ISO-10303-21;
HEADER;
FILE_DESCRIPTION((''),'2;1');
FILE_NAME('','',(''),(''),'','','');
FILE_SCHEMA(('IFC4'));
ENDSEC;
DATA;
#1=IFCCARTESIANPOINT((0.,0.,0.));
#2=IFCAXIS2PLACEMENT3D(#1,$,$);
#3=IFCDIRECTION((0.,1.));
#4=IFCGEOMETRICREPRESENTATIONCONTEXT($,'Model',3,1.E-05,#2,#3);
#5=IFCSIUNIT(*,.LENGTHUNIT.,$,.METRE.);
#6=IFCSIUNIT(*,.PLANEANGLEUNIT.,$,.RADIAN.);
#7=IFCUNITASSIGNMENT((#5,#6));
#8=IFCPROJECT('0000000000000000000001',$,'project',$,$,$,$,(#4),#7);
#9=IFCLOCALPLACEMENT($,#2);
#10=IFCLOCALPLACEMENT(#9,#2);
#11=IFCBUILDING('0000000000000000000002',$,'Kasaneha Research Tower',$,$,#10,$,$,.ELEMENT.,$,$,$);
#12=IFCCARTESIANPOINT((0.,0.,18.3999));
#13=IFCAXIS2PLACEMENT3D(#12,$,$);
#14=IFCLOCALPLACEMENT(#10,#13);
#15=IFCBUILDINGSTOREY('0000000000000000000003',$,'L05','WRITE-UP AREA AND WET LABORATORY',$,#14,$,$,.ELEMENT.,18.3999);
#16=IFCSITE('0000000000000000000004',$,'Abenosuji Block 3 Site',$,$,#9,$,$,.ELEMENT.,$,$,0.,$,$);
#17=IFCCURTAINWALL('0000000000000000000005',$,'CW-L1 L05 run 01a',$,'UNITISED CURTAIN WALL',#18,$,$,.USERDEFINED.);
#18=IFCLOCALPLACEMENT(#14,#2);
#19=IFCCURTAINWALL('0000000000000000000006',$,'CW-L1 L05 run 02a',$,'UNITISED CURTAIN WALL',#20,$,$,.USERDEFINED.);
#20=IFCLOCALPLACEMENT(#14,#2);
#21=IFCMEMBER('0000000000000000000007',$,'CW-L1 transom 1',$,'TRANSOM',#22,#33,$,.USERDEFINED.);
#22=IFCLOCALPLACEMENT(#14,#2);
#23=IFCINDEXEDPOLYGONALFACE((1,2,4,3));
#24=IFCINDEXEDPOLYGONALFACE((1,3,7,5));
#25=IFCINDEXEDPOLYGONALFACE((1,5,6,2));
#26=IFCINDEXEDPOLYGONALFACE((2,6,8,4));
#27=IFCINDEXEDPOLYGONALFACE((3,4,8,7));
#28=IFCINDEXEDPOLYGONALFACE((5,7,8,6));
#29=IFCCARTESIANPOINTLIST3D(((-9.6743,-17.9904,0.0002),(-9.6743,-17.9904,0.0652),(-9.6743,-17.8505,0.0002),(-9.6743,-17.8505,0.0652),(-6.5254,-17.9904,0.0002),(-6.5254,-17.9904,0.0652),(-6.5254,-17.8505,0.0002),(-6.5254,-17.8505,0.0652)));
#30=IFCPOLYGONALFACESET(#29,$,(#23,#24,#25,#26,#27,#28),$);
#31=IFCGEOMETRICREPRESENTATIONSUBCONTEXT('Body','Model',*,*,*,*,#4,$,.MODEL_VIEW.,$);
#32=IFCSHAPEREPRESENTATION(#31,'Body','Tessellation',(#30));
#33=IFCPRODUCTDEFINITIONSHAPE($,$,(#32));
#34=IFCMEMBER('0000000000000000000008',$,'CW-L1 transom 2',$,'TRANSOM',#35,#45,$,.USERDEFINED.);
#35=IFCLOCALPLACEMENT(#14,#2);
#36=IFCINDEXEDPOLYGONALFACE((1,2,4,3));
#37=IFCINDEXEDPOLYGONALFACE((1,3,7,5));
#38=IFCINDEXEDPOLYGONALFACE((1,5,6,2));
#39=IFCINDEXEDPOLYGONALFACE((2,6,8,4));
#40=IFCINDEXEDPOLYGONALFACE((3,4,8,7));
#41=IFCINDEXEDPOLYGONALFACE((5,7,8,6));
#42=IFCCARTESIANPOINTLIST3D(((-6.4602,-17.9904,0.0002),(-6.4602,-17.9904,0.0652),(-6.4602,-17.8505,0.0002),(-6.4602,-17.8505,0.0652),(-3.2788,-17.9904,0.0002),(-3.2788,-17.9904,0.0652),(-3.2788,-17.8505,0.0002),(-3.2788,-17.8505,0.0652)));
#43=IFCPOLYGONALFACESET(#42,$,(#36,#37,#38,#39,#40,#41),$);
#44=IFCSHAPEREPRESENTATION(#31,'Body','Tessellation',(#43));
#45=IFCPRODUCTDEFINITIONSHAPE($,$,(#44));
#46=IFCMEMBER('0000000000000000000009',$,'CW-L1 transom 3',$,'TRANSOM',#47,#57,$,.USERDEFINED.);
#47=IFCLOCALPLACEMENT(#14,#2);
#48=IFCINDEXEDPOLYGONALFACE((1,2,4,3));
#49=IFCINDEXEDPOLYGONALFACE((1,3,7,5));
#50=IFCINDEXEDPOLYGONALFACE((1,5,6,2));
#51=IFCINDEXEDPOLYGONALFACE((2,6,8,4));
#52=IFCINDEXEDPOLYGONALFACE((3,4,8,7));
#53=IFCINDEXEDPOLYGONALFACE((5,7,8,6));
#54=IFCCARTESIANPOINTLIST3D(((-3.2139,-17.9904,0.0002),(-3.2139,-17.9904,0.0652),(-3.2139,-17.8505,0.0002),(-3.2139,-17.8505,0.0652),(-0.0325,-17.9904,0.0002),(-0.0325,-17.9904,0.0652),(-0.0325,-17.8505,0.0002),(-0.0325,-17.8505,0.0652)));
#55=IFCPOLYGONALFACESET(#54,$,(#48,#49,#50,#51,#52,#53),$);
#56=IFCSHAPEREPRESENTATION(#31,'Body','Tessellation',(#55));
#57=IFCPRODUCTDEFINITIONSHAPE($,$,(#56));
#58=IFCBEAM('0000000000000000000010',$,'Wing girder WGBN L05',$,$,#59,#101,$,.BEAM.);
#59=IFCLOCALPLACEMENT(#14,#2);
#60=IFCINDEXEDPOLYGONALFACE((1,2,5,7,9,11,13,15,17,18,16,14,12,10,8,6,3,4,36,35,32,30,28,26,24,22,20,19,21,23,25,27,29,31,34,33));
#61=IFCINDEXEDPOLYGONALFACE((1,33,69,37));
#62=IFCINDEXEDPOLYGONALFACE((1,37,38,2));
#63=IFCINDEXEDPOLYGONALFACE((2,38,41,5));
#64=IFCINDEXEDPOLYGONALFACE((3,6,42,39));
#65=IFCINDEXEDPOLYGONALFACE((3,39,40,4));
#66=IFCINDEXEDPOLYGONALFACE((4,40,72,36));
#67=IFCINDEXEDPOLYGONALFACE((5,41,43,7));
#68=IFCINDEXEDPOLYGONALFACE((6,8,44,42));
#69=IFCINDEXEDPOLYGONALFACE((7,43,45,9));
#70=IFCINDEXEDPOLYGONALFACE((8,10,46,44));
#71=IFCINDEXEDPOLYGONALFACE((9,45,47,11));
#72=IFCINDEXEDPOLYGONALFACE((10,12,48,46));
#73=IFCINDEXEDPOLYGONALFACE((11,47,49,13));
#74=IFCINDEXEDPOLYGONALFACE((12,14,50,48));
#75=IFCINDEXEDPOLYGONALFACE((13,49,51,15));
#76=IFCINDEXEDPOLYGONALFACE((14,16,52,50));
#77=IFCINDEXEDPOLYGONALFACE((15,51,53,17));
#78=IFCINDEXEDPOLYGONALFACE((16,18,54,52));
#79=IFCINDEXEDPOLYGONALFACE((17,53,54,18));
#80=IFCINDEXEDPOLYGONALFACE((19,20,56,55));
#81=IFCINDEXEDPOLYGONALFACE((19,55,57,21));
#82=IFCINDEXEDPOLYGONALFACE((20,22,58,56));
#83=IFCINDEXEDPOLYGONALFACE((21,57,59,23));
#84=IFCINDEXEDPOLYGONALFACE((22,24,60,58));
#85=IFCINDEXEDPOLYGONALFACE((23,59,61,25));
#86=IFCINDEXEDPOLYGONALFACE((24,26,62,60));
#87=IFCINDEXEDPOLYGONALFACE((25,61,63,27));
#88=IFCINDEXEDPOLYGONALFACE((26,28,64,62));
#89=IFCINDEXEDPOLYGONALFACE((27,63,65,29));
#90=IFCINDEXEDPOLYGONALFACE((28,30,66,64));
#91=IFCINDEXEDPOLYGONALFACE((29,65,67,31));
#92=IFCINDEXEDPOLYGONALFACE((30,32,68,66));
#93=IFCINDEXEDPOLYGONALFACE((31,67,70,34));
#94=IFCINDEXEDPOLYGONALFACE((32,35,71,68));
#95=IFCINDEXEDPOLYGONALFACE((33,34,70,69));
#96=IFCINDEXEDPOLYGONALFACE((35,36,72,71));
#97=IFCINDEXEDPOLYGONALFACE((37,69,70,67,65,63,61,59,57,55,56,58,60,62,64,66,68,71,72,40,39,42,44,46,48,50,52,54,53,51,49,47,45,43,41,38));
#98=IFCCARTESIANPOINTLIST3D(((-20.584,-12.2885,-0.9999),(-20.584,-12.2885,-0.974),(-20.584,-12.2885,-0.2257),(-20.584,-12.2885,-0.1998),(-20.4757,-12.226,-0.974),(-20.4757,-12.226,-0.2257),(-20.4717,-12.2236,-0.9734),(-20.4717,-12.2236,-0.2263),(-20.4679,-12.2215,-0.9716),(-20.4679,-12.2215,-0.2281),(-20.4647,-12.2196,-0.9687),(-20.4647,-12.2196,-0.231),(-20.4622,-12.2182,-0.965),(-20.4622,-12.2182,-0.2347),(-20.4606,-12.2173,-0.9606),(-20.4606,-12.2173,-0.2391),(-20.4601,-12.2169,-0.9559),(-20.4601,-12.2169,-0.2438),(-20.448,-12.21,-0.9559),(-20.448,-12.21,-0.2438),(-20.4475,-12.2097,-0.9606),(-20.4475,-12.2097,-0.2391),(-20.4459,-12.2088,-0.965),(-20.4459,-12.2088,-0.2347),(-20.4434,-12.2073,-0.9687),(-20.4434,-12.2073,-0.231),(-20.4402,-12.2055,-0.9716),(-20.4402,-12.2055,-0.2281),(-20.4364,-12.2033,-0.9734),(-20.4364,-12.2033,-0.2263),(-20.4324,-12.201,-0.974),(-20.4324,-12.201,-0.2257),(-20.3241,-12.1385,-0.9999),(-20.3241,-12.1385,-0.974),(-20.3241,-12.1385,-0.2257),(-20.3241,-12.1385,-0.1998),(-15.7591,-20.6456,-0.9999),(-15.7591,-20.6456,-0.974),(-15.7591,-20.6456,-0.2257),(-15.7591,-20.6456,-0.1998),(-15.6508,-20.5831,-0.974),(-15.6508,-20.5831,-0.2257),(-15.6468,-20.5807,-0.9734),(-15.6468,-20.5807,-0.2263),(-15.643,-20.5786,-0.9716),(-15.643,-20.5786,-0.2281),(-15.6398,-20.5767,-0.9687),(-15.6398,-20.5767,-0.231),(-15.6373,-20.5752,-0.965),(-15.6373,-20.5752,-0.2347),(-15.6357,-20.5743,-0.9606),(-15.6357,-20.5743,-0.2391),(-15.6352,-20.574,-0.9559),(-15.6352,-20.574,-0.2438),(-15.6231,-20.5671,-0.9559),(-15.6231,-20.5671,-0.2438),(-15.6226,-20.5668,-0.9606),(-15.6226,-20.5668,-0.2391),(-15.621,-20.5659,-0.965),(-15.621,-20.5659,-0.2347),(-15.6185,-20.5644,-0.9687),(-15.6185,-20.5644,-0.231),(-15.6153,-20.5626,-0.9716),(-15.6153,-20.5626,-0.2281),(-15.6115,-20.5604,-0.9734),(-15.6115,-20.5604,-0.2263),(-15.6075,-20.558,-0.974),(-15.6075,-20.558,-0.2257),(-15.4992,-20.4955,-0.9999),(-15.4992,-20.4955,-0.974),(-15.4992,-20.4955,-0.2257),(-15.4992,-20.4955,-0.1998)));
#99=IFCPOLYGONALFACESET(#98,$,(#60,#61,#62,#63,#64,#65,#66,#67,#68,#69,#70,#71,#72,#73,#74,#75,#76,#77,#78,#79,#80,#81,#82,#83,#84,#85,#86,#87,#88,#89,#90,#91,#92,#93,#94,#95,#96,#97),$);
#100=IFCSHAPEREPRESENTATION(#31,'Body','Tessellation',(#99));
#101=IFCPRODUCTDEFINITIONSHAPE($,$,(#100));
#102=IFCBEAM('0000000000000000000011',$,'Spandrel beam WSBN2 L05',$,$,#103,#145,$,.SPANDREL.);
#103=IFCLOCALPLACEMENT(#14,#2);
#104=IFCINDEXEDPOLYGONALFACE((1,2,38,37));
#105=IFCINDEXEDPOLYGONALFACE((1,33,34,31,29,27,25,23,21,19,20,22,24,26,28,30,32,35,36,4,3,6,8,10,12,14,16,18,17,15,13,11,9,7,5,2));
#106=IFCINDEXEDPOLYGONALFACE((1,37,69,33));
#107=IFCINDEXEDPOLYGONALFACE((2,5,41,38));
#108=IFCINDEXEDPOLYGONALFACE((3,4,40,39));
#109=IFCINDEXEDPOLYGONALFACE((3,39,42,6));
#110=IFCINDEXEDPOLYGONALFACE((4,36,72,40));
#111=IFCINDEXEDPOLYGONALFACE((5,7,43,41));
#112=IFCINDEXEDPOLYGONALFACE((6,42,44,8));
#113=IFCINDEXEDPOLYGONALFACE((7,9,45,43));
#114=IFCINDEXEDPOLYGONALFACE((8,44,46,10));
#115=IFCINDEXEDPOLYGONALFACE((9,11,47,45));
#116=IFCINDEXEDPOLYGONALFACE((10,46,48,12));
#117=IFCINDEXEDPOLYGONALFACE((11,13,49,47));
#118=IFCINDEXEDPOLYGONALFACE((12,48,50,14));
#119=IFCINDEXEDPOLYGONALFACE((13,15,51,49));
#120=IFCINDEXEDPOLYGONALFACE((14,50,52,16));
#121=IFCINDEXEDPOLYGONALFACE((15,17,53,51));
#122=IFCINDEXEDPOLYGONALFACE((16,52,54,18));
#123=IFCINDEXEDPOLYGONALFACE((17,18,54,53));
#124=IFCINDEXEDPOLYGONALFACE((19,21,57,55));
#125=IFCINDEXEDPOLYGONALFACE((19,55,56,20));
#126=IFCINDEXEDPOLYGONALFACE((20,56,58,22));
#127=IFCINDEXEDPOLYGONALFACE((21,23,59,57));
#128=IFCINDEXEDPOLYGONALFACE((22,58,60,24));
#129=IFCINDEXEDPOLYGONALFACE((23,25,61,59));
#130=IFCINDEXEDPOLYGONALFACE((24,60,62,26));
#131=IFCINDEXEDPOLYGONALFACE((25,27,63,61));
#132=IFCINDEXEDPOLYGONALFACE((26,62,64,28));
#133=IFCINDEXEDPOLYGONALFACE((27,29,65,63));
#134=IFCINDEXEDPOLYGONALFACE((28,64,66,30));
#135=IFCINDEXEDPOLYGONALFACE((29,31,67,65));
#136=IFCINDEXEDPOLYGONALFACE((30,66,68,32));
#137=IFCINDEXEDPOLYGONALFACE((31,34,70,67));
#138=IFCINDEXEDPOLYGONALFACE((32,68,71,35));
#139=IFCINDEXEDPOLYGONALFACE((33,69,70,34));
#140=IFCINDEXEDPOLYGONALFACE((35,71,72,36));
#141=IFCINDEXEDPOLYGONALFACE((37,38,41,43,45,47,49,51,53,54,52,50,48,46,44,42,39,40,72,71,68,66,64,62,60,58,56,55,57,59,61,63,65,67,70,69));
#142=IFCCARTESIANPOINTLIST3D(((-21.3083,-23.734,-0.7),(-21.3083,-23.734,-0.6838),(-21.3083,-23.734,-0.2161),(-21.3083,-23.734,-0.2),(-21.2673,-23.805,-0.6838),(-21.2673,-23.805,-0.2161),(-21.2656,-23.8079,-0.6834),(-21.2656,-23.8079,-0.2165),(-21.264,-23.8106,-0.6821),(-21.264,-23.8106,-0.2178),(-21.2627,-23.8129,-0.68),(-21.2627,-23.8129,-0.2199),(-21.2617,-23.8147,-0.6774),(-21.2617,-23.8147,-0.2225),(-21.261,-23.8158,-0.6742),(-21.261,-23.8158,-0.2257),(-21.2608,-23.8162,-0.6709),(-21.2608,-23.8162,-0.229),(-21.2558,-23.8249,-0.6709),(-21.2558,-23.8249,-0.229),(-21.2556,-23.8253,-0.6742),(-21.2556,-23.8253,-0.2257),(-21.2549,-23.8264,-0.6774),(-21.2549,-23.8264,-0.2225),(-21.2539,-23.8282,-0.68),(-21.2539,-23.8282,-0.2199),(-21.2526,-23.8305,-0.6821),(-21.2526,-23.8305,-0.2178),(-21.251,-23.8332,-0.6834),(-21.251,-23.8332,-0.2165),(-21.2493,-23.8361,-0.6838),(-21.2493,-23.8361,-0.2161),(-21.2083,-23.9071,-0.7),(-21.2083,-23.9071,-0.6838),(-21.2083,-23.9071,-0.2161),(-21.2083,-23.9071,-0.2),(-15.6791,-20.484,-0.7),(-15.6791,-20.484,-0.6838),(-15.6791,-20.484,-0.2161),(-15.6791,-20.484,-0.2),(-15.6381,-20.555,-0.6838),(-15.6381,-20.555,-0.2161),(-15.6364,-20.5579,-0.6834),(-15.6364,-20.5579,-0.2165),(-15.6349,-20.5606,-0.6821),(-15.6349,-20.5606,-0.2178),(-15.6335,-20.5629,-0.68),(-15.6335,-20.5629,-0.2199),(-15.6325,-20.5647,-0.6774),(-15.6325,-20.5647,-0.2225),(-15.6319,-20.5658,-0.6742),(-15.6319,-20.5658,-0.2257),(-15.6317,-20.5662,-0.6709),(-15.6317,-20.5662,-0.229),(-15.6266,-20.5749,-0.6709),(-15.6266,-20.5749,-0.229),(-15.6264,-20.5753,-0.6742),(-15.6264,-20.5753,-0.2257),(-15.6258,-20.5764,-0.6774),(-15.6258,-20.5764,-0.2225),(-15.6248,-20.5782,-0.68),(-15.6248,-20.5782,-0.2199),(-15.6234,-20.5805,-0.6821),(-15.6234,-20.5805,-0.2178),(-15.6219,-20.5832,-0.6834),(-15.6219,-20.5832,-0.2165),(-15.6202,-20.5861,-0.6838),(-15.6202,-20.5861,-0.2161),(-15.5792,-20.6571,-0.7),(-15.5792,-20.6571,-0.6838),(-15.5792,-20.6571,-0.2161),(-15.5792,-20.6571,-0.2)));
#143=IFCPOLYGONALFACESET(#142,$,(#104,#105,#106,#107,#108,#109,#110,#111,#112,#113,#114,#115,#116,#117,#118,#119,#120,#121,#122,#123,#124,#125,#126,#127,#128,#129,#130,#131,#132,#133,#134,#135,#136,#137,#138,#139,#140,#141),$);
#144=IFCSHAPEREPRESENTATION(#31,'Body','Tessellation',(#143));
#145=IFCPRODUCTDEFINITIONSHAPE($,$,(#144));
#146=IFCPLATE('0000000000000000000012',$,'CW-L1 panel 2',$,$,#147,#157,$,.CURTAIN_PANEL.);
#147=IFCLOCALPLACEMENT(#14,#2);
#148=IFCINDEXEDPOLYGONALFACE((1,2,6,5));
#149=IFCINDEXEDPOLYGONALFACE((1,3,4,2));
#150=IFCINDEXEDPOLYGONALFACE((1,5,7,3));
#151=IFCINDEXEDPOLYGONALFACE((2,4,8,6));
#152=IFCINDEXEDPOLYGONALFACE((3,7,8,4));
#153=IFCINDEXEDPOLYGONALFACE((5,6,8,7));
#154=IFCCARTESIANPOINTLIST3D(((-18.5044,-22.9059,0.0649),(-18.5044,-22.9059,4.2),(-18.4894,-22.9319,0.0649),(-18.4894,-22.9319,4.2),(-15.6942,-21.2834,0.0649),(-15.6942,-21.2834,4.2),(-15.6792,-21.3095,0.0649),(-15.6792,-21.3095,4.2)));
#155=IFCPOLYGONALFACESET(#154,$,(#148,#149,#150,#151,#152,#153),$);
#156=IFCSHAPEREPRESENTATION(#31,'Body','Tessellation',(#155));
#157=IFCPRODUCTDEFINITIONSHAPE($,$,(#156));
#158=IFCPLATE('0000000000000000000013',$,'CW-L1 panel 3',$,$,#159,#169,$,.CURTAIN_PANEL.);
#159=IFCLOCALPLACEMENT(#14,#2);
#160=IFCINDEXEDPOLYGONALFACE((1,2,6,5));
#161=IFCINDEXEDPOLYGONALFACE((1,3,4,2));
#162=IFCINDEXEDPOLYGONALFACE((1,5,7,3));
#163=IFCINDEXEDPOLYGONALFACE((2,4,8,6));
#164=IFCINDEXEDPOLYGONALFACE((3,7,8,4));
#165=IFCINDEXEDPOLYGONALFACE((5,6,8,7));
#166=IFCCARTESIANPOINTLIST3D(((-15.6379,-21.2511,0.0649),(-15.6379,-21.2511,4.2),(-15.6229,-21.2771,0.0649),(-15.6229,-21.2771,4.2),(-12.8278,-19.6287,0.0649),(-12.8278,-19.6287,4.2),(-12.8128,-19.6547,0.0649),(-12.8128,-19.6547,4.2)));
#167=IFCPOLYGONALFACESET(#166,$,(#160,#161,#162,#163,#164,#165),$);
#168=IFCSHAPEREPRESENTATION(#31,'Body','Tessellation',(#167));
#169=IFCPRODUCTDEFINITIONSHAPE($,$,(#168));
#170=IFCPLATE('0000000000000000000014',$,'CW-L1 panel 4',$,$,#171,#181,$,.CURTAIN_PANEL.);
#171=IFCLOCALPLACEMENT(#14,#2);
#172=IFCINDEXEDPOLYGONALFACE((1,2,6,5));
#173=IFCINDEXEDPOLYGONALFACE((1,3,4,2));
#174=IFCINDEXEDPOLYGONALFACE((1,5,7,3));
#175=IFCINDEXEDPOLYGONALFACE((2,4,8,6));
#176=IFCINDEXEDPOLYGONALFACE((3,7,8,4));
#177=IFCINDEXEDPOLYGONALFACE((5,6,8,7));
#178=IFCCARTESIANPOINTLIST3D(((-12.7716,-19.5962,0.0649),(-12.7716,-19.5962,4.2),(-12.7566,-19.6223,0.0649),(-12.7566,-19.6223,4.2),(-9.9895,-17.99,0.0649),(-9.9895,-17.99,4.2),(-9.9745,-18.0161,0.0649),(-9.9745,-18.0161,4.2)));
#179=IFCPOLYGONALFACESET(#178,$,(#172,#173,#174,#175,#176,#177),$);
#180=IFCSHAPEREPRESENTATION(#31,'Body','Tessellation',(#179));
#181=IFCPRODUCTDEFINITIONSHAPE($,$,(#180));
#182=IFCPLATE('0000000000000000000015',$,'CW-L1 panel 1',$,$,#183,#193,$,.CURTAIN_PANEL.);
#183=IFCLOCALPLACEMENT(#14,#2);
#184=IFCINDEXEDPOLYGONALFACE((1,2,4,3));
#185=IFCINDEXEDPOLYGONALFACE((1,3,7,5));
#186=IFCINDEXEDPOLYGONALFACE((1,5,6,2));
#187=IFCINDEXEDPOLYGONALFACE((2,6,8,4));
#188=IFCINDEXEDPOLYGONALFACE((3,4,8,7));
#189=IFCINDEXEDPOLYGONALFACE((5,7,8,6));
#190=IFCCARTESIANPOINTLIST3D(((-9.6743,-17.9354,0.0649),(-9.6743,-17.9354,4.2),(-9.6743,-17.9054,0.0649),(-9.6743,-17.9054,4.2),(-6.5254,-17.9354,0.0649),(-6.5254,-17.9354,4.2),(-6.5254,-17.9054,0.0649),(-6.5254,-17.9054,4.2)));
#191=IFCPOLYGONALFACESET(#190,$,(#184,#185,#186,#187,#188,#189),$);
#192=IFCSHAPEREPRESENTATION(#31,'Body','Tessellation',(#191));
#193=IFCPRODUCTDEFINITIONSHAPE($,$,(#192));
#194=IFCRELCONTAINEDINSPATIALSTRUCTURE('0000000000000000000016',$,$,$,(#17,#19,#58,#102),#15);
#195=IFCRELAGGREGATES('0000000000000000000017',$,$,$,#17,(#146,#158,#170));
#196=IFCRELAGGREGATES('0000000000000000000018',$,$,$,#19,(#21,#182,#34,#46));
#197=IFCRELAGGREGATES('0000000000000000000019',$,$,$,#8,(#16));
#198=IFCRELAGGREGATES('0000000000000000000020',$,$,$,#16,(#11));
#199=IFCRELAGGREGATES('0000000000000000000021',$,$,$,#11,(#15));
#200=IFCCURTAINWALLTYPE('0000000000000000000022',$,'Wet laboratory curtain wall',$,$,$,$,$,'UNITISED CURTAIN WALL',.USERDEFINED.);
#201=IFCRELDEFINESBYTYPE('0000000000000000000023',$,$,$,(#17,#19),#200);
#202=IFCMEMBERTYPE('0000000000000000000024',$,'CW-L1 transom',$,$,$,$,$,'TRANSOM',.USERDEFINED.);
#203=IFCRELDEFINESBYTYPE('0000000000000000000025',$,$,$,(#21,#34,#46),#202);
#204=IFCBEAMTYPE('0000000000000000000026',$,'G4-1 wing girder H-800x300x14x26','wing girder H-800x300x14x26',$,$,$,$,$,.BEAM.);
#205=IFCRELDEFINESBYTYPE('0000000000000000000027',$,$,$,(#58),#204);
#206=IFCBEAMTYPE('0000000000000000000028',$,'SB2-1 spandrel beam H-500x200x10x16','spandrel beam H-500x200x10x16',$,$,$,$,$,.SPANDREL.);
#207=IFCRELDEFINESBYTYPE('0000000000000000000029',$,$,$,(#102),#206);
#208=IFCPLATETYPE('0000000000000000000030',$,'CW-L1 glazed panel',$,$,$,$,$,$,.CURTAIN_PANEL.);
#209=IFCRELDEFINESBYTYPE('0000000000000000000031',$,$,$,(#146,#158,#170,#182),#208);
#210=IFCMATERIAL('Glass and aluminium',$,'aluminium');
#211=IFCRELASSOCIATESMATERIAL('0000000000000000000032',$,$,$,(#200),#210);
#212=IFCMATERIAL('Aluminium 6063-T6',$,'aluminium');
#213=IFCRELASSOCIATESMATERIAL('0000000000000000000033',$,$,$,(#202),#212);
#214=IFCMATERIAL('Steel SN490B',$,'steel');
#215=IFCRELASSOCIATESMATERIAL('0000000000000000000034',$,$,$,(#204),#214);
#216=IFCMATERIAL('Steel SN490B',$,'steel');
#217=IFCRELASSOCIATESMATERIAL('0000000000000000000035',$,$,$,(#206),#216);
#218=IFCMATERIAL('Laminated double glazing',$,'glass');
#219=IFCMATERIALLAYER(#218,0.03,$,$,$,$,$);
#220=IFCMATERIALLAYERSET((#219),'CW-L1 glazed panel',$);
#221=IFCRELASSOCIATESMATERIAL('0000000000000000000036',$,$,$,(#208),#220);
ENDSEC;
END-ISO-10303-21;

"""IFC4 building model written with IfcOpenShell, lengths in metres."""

from ifc_helpers import new_model, si_unit, direction, frame, origin, origin_2d, place, context, subcontext, project, spatial, rectangle, i_section, extrude, material, layer, layer_set, material_profile, profile_set, type_object, element, aggregate, save


model = new_model("IFC4")

# Units and contexts
model_context = context("Model", 3, precision=1e-05, world=origin(), true_north=direction((0.0, 1.0)))
body_context = subcontext(model_context, "Body", "Model", "MODEL_VIEW")
ifc_project = project(units=[si_unit("LENGTHUNIT", "METRE"), si_unit("PLANEANGLEUNIT", "RADIAN")], contexts=[model_context])

# Site, building, storey
site_placement = place(None, origin())
site = spatial("IfcSite", under=ifc_project, at=site_placement, Name="Abenosuji Block 3 Site", CompositionType="ELEMENT", RefElevation=0.0)
building_placement = place(site_placement, origin())
building = spatial("IfcBuilding", under=site, at=building_placement, Name="Kasaneha Research Tower", CompositionType="ELEMENT")
storey_placement = place(building_placement, frame((0.0, 0.0, 18.3999)))
storey = spatial("IfcBuildingStorey", under=building, at=storey_placement, Name="L05", Description="WRITE-UP AREA AND WET LABORATORY", CompositionType="ELEMENT", Elevation=18.3999)

# Curtain walls
ifc_material_1 = material(Name="Glass and aluminium", Category="aluminium")
curtain_wall_type = type_object("IfcCurtainWallType", Name="Wet laboratory curtain wall", ElementType="UNITISED CURTAIN WALL", PredefinedType="USERDEFINED", material=ifc_material_1)
curtain_wall_1_placement = place(storey_placement, origin())
curtain_wall_1 = element("IfcCurtainWall", 1, at=curtain_wall_1_placement, inside=storey, type_object=curtain_wall_type, Name="CW-L1 L05 run 01a", ObjectType="UNITISED CURTAIN WALL", PredefinedType="USERDEFINED")
curtain_wall_2_placement = place(storey_placement, origin())
curtain_wall_2 = element("IfcCurtainWall", 2, at=curtain_wall_2_placement, inside=storey, type_object=curtain_wall_type, Name="CW-L1 L05 run 02a", ObjectType="UNITISED CURTAIN WALL", PredefinedType="USERDEFINED")

# Members
ifc_material_2 = material(Name="Aluminium 6063-T6", Category="aluminium")
ifc_material_profile_1 = material_profile(ifc_material_2, rectangle(XDim=0.1399, YDim=0.0649, at=origin_2d()), Name="CW-L1 transom 140x65")
ifc_profile_set_1 = profile_set([ifc_material_profile_1], Name="Aluminium 6063-T6")
member_type_1 = type_object("IfcMemberType", Name="CW-L1 transom", ElementType="TRANSOM", PredefinedType="USERDEFINED", material=ifc_profile_set_1)
member_1_placement = place(storey_placement, frame((-9.6743, -17.9204, 0.0327), z_axis=(1.0, 0.0, 0.0), x_axis=(0.0, 1.0, 0.0)))
member_1 = element("IfcMember", 3, at=member_1_placement, type_object=member_type_1, Name="CW-L1 transom 1", ObjectType="TRANSOM", PredefinedType="USERDEFINED", context=body_context, shape_type="SweptSolid", body=[
    extrude(rectangle(XDim=0.1399, YDim=0.0649, at=origin_2d()), origin(), (0.0, 0.0, 1.0), 3.1489),
])
member_2_placement = place(storey_placement, frame((-6.4602, -17.9204, 0.0327), z_axis=(1.0, 0.0, 0.0), x_axis=(0.0, 1.0, 0.0)))
member_2 = element("IfcMember", 4, at=member_2_placement, type_object=member_type_1, Name="CW-L1 transom 2", ObjectType="TRANSOM", PredefinedType="USERDEFINED", context=body_context, shape_type="SweptSolid", body=[
    extrude(rectangle(XDim=0.1399, YDim=0.0649, at=origin_2d()), origin(), (0.0, 0.0, 1.0), 3.1814),
])
member_3_placement = place(storey_placement, frame((-3.2139, -17.9204, 0.0327), z_axis=(1.0, 0.0, 0.0), x_axis=(0.0, 1.0, 0.0)))
member_3 = element("IfcMember", 5, at=member_3_placement, type_object=member_type_1, Name="CW-L1 transom 3", ObjectType="TRANSOM", PredefinedType="USERDEFINED", context=body_context, shape_type="SweptSolid", body=[
    extrude(rectangle(XDim=0.1399, YDim=0.0649, at=origin_2d()), origin(), (0.0, 0.0, 1.0), 3.1814),
])

# Beams
ifc_material_3 = material(Name="Steel SN490B", Category="steel")
ifc_material_profile_2 = material_profile(ifc_material_3, i_section(OverallWidth=0.3, OverallDepth=0.8, WebThickness=0.0139, FlangeThickness=0.0259, FilletRadius=0.0181, at=origin_2d()), Name="H-800x300x14x26")
ifc_profile_set_2 = profile_set([ifc_material_profile_2], Name="Steel SN490B")
beam_type_1 = type_object("IfcBeamType", Name="G4-1 wing girder H-800x300x14x26", Description="wing girder H-800x300x14x26", PredefinedType="BEAM", material=ifc_profile_set_2)
beam_1_placement = place(storey_placement, frame((-15.6292, -20.5706, -0.5999), z_axis=(-0.499995, 0.866028, 0.0), x_axis=(-0.866028, -0.499995, 0.0)))
element("IfcBeam", 6, at=beam_1_placement, inside=storey, type_object=beam_type_1, Name="Wing girder WGBN L05", PredefinedType="BEAM", context=body_context, shape_type="SweptSolid", body=[
    extrude(i_section(OverallWidth=0.3, OverallDepth=0.8, WebThickness=0.0139, FlangeThickness=0.0259, FilletRadius=0.0181, at=origin_2d()), origin(), (0.0, 0.0, 1.0), 9.6499),
])
ifc_material_4 = material(Name="Steel SN490B", Category="steel")
ifc_material_profile_3 = material_profile(ifc_material_4, i_section(OverallWidth=0.2, OverallDepth=0.5, WebThickness=0.01, FlangeThickness=0.0161, FilletRadius=0.0129, at=origin_2d()), Name="H-500x200x10x16")
ifc_profile_set_3 = profile_set([ifc_material_profile_3], Name="Steel SN490B")
beam_type_2 = type_object("IfcBeamType", Name="SB2-1 spandrel beam H-500x200x10x16", Description="spandrel beam H-500x200x10x16", PredefinedType="SPANDREL", material=ifc_profile_set_3)
beam_2_placement = place(storey_placement, frame((-15.6292, -20.5706, -0.45), z_axis=(-0.866025, -0.500001, 0.0), x_axis=(0.500001, -0.866025, 0.0)))
element("IfcBeam", 7, at=beam_2_placement, inside=storey, type_object=beam_type_2, Name="Spandrel beam WSBN2 L05", PredefinedType="SPANDREL", context=body_context, shape_type="SweptSolid", body=[
    extrude(i_section(OverallWidth=0.2, OverallDepth=0.5, WebThickness=0.01, FlangeThickness=0.0161, FilletRadius=0.0129, at=origin_2d()), origin(), (0.0, 0.0, 1.0), 6.5),
])

# Plates
ifc_material_5 = material(Name="Laminated double glazing", Category="glass")
ifc_layer_1 = layer(ifc_material_5, 0.03)
ifc_layer_set_1 = layer_set([ifc_layer_1], Name="CW-L1 glazed panel")
plate_type = type_object("IfcPlateType", Name="CW-L1 glazed panel", PredefinedType="CURTAIN_PANEL", material=ifc_layer_set_1)
plate_1_placement = place(storey_placement, frame((-17.0918, -22.1077, 0.0649), z_axis=(0.0, 0.0, 1.0), x_axis=(0.866025, 0.5, 0.0)))
plate_1 = element("IfcPlate", 8, at=plate_1_placement, type_object=plate_type, Name="CW-L1 panel 2", PredefinedType="CURTAIN_PANEL", context=body_context, shape_type="SweptSolid", body=[
    extrude(rectangle(XDim=3.2449, YDim=0.03, at=origin_2d()), origin(), (0.0, 0.0, 1.0), 4.135),
])
plate_2_placement = place(storey_placement, frame((-14.2253, -20.4529, 0.0649), z_axis=(0.0, 0.0, 1.0), x_axis=(0.866025, 0.5, 0.0)))
plate_2 = element("IfcPlate", 9, at=plate_2_placement, type_object=plate_type, Name="CW-L1 panel 3", PredefinedType="CURTAIN_PANEL", context=body_context, shape_type="SweptSolid", body=[
    extrude(rectangle(XDim=3.2449, YDim=0.03, at=origin_2d()), origin(), (0.0, 0.0, 1.0), 4.135),
])
plate_3_placement = place(storey_placement, frame((-11.373, -18.8062, 0.0649), z_axis=(0.0, 0.0, 1.0), x_axis=(0.866025, 0.5, 0.0)))
plate_3 = element("IfcPlate", 10, at=plate_3_placement, type_object=plate_type, Name="CW-L1 panel 4", PredefinedType="CURTAIN_PANEL", context=body_context, shape_type="SweptSolid", body=[
    extrude(rectangle(XDim=3.2124, YDim=0.03, at=origin_2d()), origin(), (0.0, 0.0, 1.0), 4.135),
])
aggregate(curtain_wall_1, [plate_1, plate_2, plate_3])
plate_4_placement = place(storey_placement, frame((-8.0999, -17.9204, 0.0649), z_axis=(0.0, 0.0, 1.0), x_axis=(1.0, 0.0, 0.0)))
plate_4 = element("IfcPlate", 11, at=plate_4_placement, type_object=plate_type, Name="CW-L1 panel 1", PredefinedType="CURTAIN_PANEL", context=body_context, shape_type="SweptSolid", body=[
    extrude(rectangle(XDim=3.1489, YDim=0.03, at=origin_2d()), origin(), (0.0, 0.0, 1.0), 4.135),
])
aggregate(curtain_wall_2, [member_1, plate_4, member_2, member_3])

save(model, "model.ifc")
